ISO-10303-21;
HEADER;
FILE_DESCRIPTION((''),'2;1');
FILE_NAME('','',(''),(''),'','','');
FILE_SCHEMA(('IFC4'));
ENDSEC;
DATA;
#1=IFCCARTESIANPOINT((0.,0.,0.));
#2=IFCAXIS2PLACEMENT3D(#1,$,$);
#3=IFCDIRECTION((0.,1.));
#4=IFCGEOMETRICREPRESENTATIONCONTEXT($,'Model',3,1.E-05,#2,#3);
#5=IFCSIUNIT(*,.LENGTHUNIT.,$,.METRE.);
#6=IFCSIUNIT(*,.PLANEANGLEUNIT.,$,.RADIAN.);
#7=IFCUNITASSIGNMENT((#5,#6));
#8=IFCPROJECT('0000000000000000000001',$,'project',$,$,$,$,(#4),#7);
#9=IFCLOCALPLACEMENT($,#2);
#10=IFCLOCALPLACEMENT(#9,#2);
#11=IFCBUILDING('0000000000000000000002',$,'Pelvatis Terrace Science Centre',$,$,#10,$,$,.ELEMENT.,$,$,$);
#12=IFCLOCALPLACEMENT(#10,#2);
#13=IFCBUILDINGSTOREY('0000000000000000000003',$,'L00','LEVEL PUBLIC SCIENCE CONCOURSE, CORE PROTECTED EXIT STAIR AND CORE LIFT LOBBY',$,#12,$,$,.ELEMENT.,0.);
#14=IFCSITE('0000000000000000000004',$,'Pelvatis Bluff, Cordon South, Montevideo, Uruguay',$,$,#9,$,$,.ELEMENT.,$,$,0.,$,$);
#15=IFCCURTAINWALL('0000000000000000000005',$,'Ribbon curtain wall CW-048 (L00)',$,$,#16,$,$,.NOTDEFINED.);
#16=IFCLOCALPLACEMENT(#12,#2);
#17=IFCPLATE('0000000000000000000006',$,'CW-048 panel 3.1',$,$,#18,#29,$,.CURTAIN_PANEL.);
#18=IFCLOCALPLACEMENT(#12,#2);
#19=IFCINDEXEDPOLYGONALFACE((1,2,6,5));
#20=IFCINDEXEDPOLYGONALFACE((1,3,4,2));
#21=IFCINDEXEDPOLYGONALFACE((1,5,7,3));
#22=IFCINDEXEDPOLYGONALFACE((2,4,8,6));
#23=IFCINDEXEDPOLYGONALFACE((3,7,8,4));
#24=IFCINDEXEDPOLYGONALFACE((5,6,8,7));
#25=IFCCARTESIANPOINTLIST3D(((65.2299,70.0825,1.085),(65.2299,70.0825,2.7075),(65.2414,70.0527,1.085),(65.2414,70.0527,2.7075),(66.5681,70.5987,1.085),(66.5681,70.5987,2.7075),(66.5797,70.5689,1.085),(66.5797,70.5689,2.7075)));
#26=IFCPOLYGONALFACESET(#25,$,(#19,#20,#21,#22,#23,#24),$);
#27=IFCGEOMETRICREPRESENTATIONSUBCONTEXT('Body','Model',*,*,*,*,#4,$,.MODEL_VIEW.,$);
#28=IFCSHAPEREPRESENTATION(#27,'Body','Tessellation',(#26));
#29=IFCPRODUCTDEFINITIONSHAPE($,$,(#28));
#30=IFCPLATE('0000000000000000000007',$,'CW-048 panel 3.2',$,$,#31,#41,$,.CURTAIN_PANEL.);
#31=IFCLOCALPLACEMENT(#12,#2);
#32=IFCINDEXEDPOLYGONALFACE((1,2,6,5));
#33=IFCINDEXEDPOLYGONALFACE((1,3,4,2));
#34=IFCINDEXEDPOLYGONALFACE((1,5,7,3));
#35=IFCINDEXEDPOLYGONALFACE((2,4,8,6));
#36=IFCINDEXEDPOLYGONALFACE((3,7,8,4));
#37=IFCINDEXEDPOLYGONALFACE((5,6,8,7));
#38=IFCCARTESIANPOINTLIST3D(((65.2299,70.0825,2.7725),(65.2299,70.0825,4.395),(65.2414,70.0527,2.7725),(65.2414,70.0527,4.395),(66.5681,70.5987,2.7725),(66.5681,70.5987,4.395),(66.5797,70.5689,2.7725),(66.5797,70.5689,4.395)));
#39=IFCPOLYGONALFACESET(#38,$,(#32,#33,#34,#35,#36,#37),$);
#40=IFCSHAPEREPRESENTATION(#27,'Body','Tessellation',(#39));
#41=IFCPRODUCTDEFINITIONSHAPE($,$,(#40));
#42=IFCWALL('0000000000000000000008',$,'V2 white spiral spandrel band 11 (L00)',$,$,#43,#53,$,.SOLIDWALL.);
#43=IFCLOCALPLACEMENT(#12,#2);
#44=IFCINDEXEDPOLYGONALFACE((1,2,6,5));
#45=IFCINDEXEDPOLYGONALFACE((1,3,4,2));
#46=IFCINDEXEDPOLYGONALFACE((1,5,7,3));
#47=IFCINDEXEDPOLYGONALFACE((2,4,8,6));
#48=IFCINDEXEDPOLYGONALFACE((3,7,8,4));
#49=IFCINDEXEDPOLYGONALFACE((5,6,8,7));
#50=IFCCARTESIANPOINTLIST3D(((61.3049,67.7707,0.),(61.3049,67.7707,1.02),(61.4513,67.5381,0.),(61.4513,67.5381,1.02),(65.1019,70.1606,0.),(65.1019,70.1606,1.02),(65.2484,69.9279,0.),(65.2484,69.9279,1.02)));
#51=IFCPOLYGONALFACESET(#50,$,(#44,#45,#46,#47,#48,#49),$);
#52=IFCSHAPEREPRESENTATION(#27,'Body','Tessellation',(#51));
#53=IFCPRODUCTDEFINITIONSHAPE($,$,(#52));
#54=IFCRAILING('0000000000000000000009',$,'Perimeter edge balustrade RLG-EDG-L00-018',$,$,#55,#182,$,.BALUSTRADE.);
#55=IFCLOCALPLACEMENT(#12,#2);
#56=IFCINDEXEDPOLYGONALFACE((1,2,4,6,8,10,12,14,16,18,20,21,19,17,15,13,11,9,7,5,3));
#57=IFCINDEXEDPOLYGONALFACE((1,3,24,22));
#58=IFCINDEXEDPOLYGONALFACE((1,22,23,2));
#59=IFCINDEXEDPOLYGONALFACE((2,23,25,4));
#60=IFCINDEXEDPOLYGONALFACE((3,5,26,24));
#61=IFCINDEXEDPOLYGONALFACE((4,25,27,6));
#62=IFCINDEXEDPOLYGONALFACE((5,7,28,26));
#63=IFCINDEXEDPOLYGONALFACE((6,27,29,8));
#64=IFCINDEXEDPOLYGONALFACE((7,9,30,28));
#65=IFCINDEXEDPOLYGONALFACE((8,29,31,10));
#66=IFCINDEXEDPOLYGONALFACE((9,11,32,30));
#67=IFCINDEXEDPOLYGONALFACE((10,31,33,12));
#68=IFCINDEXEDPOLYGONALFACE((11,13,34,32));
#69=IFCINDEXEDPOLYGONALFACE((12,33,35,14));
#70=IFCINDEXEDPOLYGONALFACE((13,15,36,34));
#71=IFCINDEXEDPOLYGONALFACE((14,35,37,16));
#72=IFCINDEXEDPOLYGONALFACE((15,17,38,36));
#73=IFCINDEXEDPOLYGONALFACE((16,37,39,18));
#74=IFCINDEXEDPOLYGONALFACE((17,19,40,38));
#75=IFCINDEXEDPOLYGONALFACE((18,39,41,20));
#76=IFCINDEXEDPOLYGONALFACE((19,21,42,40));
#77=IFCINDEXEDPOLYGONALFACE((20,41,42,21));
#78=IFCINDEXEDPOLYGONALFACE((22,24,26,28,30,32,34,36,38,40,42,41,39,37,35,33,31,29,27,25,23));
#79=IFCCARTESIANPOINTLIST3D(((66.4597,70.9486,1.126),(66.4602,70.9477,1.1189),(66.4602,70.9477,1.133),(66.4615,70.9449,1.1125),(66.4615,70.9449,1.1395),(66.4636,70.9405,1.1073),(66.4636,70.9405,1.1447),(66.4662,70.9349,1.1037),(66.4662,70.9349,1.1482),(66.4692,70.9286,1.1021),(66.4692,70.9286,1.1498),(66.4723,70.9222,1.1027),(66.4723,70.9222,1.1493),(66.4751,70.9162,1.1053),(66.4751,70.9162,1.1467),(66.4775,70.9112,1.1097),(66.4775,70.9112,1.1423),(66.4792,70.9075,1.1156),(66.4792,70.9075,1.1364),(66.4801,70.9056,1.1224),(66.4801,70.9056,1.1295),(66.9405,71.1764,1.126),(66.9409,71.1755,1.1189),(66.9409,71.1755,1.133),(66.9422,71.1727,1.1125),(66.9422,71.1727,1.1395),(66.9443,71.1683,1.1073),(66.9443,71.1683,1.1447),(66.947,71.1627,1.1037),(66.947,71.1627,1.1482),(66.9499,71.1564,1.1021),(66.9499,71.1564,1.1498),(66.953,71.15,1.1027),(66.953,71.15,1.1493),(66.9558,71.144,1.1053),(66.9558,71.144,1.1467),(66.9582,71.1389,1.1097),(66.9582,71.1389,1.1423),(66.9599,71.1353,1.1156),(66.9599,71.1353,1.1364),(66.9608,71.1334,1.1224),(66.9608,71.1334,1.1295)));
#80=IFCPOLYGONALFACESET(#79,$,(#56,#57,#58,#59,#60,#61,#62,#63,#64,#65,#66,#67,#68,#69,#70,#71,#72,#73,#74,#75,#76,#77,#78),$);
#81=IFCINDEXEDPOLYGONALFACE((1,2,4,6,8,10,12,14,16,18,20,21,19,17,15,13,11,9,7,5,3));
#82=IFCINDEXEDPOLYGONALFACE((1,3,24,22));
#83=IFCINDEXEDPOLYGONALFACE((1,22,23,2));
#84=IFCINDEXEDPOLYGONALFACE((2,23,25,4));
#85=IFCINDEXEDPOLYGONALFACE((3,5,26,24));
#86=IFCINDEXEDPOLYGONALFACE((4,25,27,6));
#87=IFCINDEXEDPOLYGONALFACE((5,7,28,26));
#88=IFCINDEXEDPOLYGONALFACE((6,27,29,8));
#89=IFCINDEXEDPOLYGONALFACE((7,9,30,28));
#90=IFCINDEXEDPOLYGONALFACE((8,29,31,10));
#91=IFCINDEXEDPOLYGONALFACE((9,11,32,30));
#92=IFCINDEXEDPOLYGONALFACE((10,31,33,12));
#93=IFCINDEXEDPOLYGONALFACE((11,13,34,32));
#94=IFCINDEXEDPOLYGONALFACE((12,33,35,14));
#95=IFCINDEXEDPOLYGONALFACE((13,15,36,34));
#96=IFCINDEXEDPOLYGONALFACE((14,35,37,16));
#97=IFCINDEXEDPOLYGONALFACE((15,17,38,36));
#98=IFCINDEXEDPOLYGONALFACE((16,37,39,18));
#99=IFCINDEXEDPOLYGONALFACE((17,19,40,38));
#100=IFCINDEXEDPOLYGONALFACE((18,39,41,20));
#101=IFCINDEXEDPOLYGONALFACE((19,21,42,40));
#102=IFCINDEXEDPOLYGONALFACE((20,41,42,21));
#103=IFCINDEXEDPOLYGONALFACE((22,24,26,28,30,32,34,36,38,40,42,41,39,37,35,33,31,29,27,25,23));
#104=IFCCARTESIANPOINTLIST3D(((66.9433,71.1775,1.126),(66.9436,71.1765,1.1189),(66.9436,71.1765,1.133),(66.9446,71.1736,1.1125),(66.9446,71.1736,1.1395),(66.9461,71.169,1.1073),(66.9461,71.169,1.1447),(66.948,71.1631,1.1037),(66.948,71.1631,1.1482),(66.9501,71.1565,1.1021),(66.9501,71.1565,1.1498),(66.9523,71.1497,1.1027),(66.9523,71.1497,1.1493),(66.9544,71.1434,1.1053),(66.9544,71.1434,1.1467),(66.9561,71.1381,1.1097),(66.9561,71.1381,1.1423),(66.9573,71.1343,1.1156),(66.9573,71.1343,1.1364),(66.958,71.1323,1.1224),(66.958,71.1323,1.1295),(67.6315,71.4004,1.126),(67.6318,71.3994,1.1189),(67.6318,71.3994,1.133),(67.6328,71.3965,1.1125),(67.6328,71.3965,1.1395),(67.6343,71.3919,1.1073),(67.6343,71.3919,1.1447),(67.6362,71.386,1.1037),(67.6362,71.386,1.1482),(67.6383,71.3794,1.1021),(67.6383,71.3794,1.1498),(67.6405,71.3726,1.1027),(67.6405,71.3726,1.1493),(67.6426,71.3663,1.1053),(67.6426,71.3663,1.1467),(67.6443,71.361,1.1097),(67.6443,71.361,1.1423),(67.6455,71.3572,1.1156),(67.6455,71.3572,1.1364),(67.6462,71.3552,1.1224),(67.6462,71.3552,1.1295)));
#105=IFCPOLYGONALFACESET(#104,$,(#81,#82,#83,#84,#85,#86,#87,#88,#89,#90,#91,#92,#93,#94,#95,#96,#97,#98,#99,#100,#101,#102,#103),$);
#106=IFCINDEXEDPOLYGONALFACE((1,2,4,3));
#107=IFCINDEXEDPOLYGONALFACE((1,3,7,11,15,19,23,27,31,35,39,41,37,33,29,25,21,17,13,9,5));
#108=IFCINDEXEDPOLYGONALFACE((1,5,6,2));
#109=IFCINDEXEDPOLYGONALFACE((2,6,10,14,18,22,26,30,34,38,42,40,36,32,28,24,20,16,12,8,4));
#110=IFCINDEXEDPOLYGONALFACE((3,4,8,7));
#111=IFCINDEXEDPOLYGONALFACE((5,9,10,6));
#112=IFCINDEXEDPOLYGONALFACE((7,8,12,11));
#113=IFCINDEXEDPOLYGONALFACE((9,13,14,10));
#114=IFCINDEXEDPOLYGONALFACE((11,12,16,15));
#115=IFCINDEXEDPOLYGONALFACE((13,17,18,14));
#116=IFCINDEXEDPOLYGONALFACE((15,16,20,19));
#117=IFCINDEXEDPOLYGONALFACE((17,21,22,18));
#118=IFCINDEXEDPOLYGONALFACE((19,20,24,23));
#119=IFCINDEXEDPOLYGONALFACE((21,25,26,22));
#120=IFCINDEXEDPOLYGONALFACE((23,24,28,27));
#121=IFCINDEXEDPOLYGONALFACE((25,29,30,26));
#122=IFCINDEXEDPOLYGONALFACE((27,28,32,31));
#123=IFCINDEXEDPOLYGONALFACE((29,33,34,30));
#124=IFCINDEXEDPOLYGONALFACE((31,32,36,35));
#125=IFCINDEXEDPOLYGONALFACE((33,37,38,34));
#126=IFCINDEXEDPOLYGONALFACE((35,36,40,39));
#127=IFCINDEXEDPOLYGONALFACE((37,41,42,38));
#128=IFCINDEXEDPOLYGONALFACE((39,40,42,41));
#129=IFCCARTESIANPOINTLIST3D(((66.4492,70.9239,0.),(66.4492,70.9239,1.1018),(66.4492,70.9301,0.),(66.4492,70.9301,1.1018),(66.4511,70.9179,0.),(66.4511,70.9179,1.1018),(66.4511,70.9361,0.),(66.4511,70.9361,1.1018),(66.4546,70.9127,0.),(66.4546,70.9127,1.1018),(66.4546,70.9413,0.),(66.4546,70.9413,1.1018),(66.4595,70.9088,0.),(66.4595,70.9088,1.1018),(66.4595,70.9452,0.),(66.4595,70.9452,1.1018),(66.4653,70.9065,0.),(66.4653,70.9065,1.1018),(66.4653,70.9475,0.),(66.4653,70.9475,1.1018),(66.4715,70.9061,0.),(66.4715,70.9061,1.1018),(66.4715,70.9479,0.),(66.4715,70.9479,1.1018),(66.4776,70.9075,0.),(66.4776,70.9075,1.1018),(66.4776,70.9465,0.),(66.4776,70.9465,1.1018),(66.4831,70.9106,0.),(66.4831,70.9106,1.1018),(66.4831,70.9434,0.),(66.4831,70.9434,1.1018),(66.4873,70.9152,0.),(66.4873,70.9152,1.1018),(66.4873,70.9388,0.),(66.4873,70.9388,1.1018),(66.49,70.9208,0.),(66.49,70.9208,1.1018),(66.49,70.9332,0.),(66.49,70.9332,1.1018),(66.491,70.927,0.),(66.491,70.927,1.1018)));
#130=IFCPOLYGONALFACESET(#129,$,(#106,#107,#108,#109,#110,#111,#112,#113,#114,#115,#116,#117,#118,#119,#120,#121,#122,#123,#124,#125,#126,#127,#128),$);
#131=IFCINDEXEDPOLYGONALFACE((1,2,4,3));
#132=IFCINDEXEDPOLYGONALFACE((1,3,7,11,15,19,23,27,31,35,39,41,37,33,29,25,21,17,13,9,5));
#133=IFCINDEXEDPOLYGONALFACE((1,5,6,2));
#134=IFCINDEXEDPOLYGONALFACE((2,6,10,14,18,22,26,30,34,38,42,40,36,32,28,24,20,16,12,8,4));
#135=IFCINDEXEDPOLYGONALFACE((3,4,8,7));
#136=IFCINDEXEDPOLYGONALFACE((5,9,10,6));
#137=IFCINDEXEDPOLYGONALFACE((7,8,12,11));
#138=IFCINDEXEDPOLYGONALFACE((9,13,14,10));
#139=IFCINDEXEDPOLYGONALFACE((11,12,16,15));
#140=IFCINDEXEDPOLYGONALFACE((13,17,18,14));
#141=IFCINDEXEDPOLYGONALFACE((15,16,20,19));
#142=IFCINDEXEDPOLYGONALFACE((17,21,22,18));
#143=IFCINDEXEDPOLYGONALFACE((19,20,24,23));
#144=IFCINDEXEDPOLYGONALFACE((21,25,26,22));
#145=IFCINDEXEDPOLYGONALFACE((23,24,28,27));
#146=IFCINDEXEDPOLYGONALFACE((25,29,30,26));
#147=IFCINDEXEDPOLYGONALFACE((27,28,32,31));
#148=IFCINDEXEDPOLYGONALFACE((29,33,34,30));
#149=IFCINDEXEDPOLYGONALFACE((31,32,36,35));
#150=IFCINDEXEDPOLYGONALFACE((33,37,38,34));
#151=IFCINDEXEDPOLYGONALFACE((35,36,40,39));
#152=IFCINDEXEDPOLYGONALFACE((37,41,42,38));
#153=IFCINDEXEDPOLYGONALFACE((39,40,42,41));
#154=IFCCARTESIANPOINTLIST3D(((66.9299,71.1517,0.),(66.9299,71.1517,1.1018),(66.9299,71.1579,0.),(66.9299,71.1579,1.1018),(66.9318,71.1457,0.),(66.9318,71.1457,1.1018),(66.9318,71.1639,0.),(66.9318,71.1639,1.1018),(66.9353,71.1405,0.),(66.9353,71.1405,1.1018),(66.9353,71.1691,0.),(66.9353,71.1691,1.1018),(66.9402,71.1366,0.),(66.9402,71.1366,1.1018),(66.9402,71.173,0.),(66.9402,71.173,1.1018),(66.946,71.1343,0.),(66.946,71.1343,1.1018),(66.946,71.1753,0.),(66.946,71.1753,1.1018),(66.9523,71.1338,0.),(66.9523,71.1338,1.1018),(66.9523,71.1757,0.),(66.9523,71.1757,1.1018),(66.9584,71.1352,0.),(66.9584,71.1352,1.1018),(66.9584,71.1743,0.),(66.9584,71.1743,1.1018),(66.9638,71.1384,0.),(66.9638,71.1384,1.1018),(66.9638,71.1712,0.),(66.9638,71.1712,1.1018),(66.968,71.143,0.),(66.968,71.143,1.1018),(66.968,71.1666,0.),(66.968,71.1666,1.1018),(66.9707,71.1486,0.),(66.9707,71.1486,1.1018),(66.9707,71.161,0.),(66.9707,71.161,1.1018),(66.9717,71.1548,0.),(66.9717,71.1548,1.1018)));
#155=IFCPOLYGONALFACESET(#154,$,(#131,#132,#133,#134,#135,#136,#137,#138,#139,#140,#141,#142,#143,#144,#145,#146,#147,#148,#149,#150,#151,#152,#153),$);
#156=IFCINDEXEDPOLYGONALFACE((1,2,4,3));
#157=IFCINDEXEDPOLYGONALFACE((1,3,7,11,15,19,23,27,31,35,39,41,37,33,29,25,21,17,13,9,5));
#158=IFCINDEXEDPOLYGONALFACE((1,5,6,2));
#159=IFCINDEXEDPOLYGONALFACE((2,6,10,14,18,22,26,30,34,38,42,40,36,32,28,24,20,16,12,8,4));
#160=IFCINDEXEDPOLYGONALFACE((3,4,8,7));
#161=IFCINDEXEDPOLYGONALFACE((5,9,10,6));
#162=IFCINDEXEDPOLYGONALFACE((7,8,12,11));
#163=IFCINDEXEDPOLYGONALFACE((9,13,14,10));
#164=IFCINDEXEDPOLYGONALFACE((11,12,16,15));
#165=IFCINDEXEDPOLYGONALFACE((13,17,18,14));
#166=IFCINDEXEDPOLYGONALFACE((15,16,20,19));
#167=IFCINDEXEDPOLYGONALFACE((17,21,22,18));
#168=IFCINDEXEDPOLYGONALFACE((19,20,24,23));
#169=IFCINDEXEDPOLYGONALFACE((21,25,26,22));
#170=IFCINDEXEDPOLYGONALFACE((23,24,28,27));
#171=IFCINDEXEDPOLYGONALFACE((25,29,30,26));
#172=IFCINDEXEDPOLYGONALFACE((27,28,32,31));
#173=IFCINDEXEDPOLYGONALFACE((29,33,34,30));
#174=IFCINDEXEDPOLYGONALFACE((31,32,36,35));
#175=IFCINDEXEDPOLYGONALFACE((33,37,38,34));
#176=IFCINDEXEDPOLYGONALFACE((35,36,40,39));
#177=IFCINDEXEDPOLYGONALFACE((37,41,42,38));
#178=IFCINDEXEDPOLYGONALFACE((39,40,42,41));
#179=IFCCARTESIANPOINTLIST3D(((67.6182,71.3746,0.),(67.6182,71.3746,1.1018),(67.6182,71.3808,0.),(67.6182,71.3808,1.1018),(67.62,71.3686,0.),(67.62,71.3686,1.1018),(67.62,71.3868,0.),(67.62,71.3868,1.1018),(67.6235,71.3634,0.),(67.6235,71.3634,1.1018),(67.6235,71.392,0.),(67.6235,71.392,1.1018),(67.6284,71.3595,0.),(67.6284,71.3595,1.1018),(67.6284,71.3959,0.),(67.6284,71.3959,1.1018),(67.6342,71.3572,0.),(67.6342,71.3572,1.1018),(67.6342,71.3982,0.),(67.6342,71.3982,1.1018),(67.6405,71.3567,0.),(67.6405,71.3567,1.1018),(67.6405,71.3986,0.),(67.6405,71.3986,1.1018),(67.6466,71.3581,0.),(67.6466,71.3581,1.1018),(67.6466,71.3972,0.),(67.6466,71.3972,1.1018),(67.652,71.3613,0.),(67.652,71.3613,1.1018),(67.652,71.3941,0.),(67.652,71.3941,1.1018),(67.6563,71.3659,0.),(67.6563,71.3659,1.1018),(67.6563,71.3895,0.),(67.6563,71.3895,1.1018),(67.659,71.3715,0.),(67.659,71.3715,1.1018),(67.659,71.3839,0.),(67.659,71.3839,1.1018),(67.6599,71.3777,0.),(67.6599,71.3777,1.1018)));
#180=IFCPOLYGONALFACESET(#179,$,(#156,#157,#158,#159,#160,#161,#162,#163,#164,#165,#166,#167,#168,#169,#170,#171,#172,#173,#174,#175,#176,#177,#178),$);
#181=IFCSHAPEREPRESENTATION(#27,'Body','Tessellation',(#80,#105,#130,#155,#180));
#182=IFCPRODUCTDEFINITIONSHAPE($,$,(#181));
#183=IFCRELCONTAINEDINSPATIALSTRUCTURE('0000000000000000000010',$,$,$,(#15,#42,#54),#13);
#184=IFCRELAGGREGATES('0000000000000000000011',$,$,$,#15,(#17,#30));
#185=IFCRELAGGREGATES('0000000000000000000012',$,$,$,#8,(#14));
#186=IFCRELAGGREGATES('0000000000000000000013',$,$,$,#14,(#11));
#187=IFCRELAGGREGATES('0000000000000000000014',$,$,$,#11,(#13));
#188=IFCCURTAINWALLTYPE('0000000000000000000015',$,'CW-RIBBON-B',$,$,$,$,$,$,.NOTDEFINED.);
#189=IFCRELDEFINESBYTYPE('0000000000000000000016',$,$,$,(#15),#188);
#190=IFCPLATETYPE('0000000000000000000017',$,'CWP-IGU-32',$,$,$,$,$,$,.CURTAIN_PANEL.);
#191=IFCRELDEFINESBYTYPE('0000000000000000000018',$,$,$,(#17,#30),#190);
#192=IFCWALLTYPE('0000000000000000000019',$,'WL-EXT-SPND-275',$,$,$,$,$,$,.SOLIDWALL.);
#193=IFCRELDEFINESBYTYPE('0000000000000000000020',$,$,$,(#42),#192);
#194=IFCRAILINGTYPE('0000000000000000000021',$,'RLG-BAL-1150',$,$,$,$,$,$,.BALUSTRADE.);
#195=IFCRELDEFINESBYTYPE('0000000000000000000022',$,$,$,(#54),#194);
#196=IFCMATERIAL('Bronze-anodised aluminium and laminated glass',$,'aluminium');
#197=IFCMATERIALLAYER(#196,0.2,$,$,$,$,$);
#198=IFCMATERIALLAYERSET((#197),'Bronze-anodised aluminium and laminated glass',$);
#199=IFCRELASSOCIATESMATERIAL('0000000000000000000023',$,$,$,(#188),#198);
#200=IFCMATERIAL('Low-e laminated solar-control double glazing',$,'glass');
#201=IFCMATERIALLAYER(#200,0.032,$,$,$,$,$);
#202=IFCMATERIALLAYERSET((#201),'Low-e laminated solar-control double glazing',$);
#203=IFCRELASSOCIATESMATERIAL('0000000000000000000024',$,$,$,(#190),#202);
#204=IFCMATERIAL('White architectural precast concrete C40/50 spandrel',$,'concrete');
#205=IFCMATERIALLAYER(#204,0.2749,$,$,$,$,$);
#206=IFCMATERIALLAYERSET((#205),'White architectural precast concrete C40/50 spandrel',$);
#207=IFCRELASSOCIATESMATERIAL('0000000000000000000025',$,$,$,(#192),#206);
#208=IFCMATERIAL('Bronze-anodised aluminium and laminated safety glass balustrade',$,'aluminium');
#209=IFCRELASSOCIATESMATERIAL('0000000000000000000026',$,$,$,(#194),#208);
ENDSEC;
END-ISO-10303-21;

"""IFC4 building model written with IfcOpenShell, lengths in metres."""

from ifc_helpers import new_model, si_unit, direction, frame, frame_2d, origin, origin_2d, place, context, subcontext, project, spatial, rectangle, circle, extrude, material, layer, layer_set, type_object, element, aggregate, save


model = new_model("IFC4")

# Units and contexts
model_context = context("Model", 3, precision=1e-05, world=origin(), true_north=direction((0.0, 1.0)))
body_context = subcontext(model_context, "Body", "Model", "MODEL_VIEW")
ifc_project = project(units=[si_unit("LENGTHUNIT", "METRE"), si_unit("PLANEANGLEUNIT", "RADIAN")], contexts=[model_context])

# Site, building, storey
site_placement = place(None, origin())
site = spatial("IfcSite", under=ifc_project, at=site_placement, Name="Pelvatis Bluff, Cordon South, Montevideo, Uruguay", CompositionType="ELEMENT", RefElevation=0.0)
building_placement = place(site_placement, origin())
building = spatial("IfcBuilding", under=site, at=building_placement, Name="Pelvatis Terrace Science Centre", CompositionType="ELEMENT")
storey_placement = place(building_placement, origin())
storey = spatial("IfcBuildingStorey", under=building, at=storey_placement, Name="L00", Description="LEVEL PUBLIC SCIENCE CONCOURSE, CORE PROTECTED EXIT STAIR AND CORE LIFT LOBBY", CompositionType="ELEMENT", Elevation=0.0)

# Curtain wall
ifc_material_1 = material(Name="Bronze-anodised aluminium and laminated glass", Category="aluminium")
ifc_layer_1 = layer(ifc_material_1, 0.2)
ifc_layer_set_1 = layer_set([ifc_layer_1], Name="Bronze-anodised aluminium and laminated glass")
curtain_wall_type = type_object("IfcCurtainWallType", Name="CW-RIBBON-B", PredefinedType="NOTDEFINED", material=ifc_layer_set_1)
curtain_wall_1_placement = place(storey_placement, origin())
curtain_wall_1 = element("IfcCurtainWall", 1, at=curtain_wall_1_placement, inside=storey, type_object=curtain_wall_type, Name="Ribbon curtain wall CW-048 (L00)", PredefinedType="NOTDEFINED")

# Plates
ifc_material_2 = material(Name="Low-e laminated solar-control double glazing", Category="glass")
ifc_layer_2 = layer(ifc_material_2, 0.032)
ifc_layer_set_2 = layer_set([ifc_layer_2], Name="Low-e laminated solar-control double glazing")
plate_type = type_object("IfcPlateType", Name="CWP-IGU-32", PredefinedType="CURTAIN_PANEL", material=ifc_layer_set_2)
plate_1_placement = place(storey_placement, frame((65.9048, 70.3257, 1.085), z_axis=(0.0, 0.0, 1.0), x_axis=(-0.933001, -0.359874, 0.0)))
plate_1 = element("IfcPlate", 2, at=plate_1_placement, type_object=plate_type, Name="CW-048 panel 3.1", PredefinedType="CURTAIN_PANEL", context=body_context, shape_type="SweptSolid", body=[
    extrude(rectangle(XDim=1.4343, YDim=0.032, at=origin_2d()), origin(), (0.0, 0.0, 1.0), 1.6226),
])
plate_2_placement = place(storey_placement, frame((65.9048, 70.3257, 2.7725), z_axis=(0.0, 0.0, 1.0), x_axis=(-0.933001, -0.359874, 0.0)))
plate_2 = element("IfcPlate", 3, at=plate_2_placement, type_object=plate_type, Name="CW-048 panel 3.2", PredefinedType="CURTAIN_PANEL", context=body_context, shape_type="SweptSolid", body=[
    extrude(rectangle(XDim=1.4343, YDim=0.032, at=origin_2d()), origin(), (0.0, 0.0, 1.0), 1.6226),
])
aggregate(curtain_wall_1, [plate_1, plate_2])

# Wall
ifc_material_3 = material(Name="White architectural precast concrete C40/50 spandrel", Category="concrete")
ifc_layer_3 = layer(ifc_material_3, 0.2749)
ifc_layer_set_3 = layer_set([ifc_layer_3], Name="White architectural precast concrete C40/50 spandrel")
wall_type = type_object("IfcWallType", Name="WL-EXT-SPND-275", PredefinedType="SOLIDWALL", material=ifc_layer_set_3)
wall_placement = place(storey_placement, frame((65.175, 70.0442, 0.0), z_axis=(0.0, 0.0, 1.0), x_axis=(-0.846322, -0.532672, 0.0)))
element("IfcWall", 4, at=wall_placement, inside=storey, type_object=wall_type, Name="V2 white spiral spandrel band 11 (L00)", PredefinedType="SOLIDWALL", context=body_context, shape_type="SweptSolid", body=[
    extrude(rectangle(XDim=4.4866, YDim=0.2749, at=frame_2d((2.2432, 0.0))), origin(), (0.0, 0.0, 1.0), 1.02),
])

# Railing
ifc_material_4 = material(Name="Bronze-anodised aluminium and laminated safety glass balustrade", Category="aluminium")
railing_type = type_object("IfcRailingType", Name="RLG-BAL-1150", PredefinedType="BALUSTRADE", material=ifc_material_4)
railing_placement = place(storey_placement, frame((66.47, 70.927, 0.0)))
element("IfcRailing", 5, at=railing_placement, inside=storey, type_object=railing_type, Name="Perimeter edge balustrade RLG-EDG-L00-018", PredefinedType="BALUSTRADE", context=body_context, shape_type="SweptSolid", body=[
    extrude(circle(Radius=0.0239, at=origin_2d()), frame((0.0, 0.0, 1.126), z_axis=(0.903682, 0.428205, 0.0), x_axis=(-0.428205, 0.903682, 0.0)), (0.0, 0.0, 1.0), 0.532),
    extrude(circle(Radius=0.0239, at=origin_2d()), frame((0.4807, 0.2278, 1.126), z_axis=(0.951349, 0.308117, 0.0), x_axis=(-0.308117, 0.951349, 0.0)), (0.0, 0.0, 1.0), 0.7234),
    extrude(circle(Radius=0.021, at=origin_2d()), origin(), (0.0, 0.0, 1.0), 1.1018),
    extrude(circle(Radius=0.021, at=origin_2d()), frame((0.4807, 0.2278, 0.0)), (0.0, 0.0, 1.0), 1.1018),
    extrude(circle(Radius=0.021, at=origin_2d()), frame((1.1689, 0.4507, 0.0)), (0.0, 0.0, 1.0), 1.1018),
])

save(model, "model.ifc")
